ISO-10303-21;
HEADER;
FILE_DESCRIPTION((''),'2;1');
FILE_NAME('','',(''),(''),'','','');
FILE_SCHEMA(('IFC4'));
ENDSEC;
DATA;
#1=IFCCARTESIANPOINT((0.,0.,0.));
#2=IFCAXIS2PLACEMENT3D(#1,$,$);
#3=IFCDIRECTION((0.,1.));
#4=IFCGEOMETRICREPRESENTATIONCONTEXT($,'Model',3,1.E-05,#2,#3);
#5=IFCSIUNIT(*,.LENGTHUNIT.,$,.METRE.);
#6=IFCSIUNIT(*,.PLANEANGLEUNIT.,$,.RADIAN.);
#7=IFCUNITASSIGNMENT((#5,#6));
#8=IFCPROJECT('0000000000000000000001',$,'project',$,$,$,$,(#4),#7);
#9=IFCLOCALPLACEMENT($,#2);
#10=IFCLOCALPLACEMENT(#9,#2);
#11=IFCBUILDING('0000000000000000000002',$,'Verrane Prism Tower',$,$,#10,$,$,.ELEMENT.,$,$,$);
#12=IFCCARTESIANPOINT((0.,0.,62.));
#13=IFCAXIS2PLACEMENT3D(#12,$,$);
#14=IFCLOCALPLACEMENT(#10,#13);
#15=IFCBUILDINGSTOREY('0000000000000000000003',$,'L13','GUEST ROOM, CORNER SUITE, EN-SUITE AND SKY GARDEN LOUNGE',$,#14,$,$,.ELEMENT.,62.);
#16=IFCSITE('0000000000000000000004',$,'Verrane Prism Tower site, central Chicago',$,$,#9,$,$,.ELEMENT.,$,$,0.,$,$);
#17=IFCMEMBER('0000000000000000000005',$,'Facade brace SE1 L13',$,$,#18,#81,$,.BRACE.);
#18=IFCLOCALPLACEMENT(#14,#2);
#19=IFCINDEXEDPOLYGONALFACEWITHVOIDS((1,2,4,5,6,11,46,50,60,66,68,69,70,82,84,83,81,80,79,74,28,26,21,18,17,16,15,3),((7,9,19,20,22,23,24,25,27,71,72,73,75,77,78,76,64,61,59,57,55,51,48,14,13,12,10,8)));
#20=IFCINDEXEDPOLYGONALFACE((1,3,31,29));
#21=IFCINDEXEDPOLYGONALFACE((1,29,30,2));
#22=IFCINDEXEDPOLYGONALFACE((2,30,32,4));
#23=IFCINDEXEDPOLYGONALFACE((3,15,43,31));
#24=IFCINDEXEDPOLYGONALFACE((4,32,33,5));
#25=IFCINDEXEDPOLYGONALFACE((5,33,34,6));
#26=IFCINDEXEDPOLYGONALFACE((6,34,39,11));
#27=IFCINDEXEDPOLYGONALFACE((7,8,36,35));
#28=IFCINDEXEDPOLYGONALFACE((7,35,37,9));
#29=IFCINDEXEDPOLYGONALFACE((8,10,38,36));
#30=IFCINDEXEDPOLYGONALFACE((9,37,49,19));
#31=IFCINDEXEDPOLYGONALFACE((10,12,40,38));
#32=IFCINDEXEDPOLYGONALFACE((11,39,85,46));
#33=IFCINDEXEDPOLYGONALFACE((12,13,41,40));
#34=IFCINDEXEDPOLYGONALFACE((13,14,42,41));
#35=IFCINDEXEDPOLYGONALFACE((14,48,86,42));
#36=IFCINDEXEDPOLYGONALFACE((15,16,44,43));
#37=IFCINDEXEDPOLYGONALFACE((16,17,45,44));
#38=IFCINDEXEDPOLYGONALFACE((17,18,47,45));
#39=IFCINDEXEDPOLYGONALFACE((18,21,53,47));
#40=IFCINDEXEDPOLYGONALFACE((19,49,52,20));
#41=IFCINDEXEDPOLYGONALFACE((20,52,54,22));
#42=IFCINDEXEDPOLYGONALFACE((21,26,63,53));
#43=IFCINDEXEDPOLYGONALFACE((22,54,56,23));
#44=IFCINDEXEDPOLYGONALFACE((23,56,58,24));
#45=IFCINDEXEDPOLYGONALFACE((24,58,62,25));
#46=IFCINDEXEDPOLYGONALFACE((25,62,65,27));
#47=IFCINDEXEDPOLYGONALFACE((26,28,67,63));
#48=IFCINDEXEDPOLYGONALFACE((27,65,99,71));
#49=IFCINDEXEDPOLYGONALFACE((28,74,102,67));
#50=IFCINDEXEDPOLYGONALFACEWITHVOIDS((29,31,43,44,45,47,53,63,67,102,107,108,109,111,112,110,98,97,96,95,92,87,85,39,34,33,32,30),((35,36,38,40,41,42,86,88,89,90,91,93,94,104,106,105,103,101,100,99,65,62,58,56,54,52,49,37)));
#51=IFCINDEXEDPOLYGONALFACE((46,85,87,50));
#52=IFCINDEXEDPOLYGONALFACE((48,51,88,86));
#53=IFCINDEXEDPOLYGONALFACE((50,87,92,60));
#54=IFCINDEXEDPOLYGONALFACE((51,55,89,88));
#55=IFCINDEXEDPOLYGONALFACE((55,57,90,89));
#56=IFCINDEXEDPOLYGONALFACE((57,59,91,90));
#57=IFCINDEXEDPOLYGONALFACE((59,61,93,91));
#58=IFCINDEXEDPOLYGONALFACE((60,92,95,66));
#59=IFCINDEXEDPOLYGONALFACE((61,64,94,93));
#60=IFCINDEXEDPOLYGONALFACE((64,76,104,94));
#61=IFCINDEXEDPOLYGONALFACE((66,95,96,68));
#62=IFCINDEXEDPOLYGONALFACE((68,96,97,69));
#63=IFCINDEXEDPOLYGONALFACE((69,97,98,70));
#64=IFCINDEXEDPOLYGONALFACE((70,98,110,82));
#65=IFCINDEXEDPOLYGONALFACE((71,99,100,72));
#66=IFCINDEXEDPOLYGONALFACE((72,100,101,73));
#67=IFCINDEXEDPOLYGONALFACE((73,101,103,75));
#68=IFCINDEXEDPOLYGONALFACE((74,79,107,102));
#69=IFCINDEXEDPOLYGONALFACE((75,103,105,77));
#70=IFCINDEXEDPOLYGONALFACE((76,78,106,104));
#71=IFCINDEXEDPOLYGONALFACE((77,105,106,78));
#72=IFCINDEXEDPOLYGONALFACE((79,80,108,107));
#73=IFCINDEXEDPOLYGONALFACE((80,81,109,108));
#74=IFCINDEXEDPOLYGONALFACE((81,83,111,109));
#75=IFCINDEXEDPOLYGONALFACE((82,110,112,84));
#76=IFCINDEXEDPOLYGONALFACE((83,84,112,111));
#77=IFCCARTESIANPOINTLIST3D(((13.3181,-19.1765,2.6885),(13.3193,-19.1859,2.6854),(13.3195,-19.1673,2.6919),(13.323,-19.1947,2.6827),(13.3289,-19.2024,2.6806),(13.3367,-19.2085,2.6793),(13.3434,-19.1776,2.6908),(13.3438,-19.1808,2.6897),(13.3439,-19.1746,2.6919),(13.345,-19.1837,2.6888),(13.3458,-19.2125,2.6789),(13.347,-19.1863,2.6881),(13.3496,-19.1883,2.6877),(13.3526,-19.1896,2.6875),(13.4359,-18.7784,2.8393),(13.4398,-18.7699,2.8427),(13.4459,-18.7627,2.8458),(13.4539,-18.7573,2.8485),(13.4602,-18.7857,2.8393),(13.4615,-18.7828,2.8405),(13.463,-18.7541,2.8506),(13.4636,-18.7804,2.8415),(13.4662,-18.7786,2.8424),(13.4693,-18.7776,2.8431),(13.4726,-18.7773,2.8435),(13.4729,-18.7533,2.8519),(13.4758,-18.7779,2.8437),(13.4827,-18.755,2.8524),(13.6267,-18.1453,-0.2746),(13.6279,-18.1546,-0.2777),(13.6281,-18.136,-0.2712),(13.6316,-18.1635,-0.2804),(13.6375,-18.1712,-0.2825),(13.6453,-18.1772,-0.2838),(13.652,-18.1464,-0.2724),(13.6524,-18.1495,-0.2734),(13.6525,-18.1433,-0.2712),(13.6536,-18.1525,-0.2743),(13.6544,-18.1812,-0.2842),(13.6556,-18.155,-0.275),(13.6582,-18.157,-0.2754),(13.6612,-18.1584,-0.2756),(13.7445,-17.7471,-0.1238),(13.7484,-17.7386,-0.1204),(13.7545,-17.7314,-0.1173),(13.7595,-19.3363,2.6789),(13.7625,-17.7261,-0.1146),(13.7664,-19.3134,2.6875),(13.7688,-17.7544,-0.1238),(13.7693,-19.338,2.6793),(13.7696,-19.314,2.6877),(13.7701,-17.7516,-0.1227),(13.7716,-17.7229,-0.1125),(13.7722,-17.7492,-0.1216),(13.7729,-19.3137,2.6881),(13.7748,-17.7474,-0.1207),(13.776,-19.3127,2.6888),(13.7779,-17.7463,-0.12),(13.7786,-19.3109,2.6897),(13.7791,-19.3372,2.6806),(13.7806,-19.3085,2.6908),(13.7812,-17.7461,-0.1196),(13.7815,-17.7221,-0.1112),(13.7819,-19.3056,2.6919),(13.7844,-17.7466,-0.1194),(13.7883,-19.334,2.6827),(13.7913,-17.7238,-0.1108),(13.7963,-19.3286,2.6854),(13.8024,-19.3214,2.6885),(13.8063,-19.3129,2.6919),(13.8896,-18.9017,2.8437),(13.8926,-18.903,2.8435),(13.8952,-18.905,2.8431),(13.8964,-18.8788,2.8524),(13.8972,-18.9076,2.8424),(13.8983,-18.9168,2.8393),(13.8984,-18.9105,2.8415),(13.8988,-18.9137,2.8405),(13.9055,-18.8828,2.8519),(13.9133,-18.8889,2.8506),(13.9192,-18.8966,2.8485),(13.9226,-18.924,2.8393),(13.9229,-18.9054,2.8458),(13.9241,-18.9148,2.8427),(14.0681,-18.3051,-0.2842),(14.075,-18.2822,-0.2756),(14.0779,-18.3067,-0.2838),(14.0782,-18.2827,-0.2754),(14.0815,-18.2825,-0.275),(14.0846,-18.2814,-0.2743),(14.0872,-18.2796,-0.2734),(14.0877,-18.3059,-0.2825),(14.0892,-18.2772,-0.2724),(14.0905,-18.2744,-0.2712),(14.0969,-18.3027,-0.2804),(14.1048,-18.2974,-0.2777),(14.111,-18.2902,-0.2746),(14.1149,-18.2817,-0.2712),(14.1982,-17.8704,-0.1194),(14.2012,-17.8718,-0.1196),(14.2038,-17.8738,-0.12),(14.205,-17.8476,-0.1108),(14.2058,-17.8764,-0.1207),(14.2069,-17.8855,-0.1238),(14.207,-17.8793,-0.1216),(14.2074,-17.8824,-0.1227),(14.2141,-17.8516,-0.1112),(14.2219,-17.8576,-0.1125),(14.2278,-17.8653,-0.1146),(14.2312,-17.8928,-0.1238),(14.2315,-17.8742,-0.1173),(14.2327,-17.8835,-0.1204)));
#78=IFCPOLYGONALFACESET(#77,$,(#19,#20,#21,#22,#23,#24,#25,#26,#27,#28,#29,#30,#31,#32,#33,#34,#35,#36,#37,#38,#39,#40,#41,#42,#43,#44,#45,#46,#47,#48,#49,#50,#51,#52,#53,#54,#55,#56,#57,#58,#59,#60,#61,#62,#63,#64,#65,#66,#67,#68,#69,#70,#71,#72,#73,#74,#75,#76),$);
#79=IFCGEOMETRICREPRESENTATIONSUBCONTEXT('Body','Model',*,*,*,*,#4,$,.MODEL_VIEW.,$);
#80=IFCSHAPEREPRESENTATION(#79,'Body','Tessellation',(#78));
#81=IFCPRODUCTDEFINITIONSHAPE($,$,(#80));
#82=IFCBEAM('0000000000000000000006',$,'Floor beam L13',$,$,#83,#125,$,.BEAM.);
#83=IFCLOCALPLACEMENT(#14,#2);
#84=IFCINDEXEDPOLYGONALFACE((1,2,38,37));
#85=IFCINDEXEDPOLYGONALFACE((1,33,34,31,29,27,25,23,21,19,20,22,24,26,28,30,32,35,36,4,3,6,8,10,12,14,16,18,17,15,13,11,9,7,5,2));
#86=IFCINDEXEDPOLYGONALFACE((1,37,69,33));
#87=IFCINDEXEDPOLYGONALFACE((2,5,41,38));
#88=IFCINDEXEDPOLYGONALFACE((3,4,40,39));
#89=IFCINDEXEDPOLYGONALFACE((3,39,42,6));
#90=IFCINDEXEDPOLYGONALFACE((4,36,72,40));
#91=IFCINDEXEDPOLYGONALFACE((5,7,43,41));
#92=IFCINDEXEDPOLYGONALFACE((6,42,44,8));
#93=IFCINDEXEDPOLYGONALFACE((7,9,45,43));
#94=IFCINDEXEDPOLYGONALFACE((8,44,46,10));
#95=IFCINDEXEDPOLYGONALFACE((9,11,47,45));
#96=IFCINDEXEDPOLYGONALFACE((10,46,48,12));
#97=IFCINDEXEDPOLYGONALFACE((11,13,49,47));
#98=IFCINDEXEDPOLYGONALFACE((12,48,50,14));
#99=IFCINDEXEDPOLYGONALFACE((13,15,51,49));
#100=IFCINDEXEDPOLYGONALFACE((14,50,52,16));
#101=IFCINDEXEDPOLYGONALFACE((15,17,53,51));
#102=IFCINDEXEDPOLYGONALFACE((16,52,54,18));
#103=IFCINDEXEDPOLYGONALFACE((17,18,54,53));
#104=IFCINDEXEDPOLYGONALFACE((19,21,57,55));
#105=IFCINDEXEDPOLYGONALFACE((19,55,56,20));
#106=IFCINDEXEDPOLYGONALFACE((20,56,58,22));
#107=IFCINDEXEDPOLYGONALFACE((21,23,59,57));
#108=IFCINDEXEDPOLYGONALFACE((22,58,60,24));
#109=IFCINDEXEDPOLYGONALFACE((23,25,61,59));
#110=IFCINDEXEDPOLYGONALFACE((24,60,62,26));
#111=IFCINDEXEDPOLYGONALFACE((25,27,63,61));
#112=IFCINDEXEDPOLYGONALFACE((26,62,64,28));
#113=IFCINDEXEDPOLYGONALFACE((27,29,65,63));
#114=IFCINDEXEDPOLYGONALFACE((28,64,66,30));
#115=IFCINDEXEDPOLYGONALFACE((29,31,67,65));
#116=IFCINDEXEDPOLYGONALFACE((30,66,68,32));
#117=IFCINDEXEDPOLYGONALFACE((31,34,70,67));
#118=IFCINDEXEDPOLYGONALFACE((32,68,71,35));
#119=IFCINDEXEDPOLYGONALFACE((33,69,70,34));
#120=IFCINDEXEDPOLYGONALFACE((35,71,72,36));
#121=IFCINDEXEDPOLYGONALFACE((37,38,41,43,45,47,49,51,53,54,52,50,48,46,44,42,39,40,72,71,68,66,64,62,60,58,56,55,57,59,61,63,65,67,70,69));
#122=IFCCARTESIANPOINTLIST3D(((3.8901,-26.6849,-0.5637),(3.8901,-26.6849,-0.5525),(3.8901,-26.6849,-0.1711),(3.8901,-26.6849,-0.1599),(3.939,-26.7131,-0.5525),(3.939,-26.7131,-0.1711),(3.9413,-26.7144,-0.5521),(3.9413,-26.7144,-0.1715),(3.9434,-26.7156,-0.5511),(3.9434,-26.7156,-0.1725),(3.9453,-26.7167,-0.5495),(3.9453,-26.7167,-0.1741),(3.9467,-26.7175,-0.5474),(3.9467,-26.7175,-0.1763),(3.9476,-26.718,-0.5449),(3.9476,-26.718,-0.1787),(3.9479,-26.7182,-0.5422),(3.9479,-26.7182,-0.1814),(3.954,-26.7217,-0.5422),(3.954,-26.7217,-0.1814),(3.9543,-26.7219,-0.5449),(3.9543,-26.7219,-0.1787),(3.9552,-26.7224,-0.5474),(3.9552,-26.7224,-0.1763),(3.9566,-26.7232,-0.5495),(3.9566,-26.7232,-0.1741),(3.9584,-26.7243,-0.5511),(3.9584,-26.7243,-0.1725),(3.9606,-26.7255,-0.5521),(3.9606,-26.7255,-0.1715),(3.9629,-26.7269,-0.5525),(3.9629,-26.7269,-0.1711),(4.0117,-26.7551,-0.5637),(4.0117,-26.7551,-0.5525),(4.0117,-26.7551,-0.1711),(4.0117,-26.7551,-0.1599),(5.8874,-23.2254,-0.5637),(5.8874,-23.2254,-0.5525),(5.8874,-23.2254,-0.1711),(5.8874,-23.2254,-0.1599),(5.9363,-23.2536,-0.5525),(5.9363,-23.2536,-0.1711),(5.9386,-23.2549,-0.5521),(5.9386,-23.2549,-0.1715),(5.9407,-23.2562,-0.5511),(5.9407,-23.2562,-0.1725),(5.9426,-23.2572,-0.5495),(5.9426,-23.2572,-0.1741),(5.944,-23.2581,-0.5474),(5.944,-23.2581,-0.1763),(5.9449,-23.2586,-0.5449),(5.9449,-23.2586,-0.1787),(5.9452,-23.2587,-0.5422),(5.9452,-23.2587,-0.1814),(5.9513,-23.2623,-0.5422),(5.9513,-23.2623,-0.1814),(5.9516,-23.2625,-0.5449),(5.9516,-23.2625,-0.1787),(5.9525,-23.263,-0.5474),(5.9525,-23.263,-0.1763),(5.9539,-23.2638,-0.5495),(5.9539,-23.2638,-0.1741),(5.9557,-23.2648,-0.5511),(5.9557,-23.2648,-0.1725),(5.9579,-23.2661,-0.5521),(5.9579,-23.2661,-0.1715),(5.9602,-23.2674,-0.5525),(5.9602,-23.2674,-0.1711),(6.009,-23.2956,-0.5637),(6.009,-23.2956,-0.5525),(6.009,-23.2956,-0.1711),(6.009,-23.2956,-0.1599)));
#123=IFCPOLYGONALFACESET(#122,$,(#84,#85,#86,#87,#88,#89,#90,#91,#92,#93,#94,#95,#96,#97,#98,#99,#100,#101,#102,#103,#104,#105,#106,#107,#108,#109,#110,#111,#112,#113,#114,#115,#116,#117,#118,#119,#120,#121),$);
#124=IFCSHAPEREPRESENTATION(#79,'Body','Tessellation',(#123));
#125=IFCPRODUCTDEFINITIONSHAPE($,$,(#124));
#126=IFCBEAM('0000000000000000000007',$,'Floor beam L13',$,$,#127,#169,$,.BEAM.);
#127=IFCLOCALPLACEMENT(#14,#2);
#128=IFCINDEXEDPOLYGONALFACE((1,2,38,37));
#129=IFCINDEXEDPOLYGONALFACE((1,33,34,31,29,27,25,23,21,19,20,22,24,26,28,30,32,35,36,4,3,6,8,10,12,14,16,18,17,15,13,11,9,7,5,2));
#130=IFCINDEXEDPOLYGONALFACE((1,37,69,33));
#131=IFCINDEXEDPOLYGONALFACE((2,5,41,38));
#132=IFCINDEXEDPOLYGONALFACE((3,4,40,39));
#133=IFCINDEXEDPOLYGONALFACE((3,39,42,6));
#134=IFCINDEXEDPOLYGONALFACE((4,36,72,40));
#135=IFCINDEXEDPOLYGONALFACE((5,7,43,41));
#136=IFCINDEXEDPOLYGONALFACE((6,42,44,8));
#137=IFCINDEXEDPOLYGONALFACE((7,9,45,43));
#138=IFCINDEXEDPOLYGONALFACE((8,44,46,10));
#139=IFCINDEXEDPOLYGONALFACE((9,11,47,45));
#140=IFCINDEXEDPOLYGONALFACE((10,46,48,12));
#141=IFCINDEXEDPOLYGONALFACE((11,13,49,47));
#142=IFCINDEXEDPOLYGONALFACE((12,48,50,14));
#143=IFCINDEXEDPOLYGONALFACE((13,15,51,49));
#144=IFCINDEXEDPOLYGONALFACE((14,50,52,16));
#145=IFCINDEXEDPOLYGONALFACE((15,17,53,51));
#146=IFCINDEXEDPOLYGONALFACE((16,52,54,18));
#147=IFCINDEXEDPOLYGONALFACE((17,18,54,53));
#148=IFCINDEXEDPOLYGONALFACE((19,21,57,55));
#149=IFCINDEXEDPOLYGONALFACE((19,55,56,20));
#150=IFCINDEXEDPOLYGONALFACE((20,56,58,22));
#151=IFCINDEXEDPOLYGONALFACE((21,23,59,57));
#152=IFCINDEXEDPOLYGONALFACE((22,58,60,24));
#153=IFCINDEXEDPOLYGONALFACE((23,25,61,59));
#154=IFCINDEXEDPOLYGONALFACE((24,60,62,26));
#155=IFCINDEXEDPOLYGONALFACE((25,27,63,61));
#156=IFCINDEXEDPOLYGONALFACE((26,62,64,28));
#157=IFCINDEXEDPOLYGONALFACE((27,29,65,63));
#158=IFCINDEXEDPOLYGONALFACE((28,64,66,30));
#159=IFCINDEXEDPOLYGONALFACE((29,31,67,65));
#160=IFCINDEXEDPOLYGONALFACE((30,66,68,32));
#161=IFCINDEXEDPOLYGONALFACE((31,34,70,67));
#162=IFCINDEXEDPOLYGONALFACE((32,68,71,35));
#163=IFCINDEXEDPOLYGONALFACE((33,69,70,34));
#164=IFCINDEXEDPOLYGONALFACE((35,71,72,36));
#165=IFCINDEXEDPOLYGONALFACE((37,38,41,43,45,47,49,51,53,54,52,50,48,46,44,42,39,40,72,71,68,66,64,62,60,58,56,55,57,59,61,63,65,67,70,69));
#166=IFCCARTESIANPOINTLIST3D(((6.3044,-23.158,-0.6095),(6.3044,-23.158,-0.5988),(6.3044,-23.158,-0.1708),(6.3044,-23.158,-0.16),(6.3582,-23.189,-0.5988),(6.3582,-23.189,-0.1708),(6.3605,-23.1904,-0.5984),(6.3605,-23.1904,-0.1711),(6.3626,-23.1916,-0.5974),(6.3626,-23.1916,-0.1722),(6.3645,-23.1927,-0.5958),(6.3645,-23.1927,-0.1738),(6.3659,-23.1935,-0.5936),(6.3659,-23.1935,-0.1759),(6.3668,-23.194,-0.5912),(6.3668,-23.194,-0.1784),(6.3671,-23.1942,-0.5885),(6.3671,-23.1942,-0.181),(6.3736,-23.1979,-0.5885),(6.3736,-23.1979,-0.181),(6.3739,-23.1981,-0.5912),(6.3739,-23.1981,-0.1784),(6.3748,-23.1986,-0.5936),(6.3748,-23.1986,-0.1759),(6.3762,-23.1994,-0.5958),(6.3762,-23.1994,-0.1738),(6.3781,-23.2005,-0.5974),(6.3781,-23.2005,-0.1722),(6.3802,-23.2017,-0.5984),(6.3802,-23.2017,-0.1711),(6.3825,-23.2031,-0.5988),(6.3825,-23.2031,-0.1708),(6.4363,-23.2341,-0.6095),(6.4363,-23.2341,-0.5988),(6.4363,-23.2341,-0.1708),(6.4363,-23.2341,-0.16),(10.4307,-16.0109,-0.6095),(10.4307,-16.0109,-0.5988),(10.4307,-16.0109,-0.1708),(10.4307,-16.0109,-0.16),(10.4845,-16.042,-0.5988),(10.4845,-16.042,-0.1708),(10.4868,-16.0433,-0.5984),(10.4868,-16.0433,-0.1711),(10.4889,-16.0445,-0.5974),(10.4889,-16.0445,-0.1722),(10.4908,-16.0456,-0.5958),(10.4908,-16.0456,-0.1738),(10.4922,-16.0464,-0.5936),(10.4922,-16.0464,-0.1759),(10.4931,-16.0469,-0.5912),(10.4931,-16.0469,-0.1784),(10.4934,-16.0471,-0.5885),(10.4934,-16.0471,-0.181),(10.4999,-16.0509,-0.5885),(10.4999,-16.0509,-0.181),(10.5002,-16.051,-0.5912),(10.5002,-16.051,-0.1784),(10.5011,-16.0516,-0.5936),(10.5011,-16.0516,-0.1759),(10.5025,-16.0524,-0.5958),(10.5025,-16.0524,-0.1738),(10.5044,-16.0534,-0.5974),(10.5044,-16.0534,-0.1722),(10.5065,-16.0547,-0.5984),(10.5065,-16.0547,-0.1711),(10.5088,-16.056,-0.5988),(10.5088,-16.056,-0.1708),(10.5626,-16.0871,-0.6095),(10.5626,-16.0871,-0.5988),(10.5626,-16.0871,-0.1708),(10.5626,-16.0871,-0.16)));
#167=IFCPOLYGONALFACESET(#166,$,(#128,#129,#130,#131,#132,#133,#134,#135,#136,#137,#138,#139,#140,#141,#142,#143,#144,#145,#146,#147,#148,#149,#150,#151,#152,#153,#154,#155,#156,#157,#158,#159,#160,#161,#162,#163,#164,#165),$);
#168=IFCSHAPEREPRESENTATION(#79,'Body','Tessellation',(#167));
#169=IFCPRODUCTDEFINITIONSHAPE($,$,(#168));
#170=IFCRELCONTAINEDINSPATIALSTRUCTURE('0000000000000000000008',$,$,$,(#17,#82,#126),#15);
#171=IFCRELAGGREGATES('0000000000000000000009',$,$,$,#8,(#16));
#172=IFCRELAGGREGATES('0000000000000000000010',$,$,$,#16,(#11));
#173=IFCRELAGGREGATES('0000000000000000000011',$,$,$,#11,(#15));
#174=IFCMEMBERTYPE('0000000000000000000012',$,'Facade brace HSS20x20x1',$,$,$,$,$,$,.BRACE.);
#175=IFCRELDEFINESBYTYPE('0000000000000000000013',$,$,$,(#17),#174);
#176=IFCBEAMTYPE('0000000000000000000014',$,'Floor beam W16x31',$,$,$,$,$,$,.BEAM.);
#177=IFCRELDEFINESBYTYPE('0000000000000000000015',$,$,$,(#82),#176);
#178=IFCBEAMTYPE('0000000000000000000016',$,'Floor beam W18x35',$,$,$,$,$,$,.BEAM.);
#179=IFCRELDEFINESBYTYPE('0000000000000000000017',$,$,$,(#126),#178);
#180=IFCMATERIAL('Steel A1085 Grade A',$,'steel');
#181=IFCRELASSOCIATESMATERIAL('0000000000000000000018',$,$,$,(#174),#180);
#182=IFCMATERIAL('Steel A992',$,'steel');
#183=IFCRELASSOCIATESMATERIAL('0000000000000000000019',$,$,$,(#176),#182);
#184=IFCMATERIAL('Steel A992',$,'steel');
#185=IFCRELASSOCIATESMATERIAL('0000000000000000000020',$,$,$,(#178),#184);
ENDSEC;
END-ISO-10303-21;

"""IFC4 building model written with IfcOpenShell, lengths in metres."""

from ifc_helpers import new_model, si_unit, direction, frame, origin, origin_2d, place, context, subcontext, project, spatial, hollow_rectangle, i_section, extrude, material, material_profile, profile_set, type_object, element, save


model = new_model("IFC4")

# Units and contexts
model_context = context("Model", 3, precision=1e-05, world=origin(), true_north=direction((0.0, 1.0)))
body_context = subcontext(model_context, "Body", "Model", "MODEL_VIEW")
ifc_project = project(units=[si_unit("LENGTHUNIT", "METRE"), si_unit("PLANEANGLEUNIT", "RADIAN")], contexts=[model_context])

# Site, building, storey
site_placement = place(None, origin())
site = spatial("IfcSite", under=ifc_project, at=site_placement, Name="Verrane Prism Tower site, central Chicago", CompositionType="ELEMENT", RefElevation=0.0)
building_placement = place(site_placement, origin())
building = spatial("IfcBuilding", under=site, at=building_placement, Name="Verrane Prism Tower", CompositionType="ELEMENT")
storey_placement = place(building_placement, frame((0.0, 0.0, 62.0)))
storey = spatial("IfcBuildingStorey", under=building, at=storey_placement, Name="L13", Description="GUEST ROOM, CORNER SUITE, EN-SUITE AND SKY GARDEN LOUNGE", CompositionType="ELEMENT", Elevation=62.0)

# Member
ifc_material_1 = material(Name="Steel A1085 Grade A", Category="steel")
ifc_material_profile_1 = material_profile(ifc_material_1, hollow_rectangle(XDim=0.5081, YDim=0.5081, WallThickness=0.0254, InnerFilletRadius=0.0127, OuterFilletRadius=0.0381, at=origin_2d()), Name="HSS20x20x1")
ifc_profile_set_1 = profile_set([ifc_material_profile_1], Name="Steel A1085 Grade A")
member_type_1 = type_object("IfcMemberType", Name="Facade brace HSS20x20x1", PredefinedType="BRACE", material=ifc_profile_set_1)
member_1_placement = place(storey_placement, frame((13.9297, -18.0144, -0.1975), z_axis=(-0.097886, -0.327111, 0.939903), x_axis=(0.958026, -0.286682, 0.0)))
element("IfcMember", 1, at=member_1_placement, inside=storey, type_object=member_type_1, Name="Facade brace SE1 L13", PredefinedType="BRACE", context=body_context, shape_type="SweptSolid", body=[
    extrude(hollow_rectangle(XDim=0.5081, YDim=0.5081, WallThickness=0.0254, InnerFilletRadius=0.0127, OuterFilletRadius=0.0381, at=origin_2d()), origin(), (0.0, 0.0, 1.0), 3.1526),
])

# Beams
ifc_material_2 = material(Name="Steel A992", Category="steel")
ifc_material_profile_2 = material_profile(ifc_material_2, i_section(OverallWidth=0.1404, OverallDepth=0.4038, WebThickness=0.0071, FlangeThickness=0.0112, FilletRadius=0.0103, at=origin_2d()), Name="W16x31")
ifc_profile_set_2 = profile_set([ifc_material_profile_2], Name="Steel A992")
beam_type_1 = type_object("IfcBeamType", Name="Floor beam W16x31", PredefinedType="BEAM", material=ifc_profile_set_2)
beam_1_placement = place(storey_placement, frame((3.9509, -26.72, -0.3618), z_axis=(0.499998, 0.866027, 0.0), x_axis=(-0.866027, 0.499998, 0.0)))
element("IfcBeam", 2, at=beam_1_placement, inside=storey, type_object=beam_type_1, Name="Floor beam L13", PredefinedType="BEAM", context=body_context, shape_type="SweptSolid", body=[
    extrude(i_section(OverallWidth=0.1404, OverallDepth=0.4038, WebThickness=0.0071, FlangeThickness=0.0112, FilletRadius=0.0103, at=origin_2d()), origin(), (0.0, 0.0, 1.0), 3.9946),
])
ifc_material_3 = material(Name="Steel A992", Category="steel")
ifc_material_profile_3 = material_profile(ifc_material_3, i_section(OverallWidth=0.1523, OverallDepth=0.4495, WebThickness=0.0076, FlangeThickness=0.0107, FilletRadius=0.0103, at=origin_2d()), Name="W18x35")
ifc_profile_set_3 = profile_set([ifc_material_profile_3], Name="Steel A992")
beam_type_2 = type_object("IfcBeamType", Name="Floor beam W18x35", PredefinedType="BEAM", material=ifc_profile_set_3)
beam_2_placement = place(storey_placement, frame((6.3704, -23.196, -0.3848), z_axis=(0.499992, 0.86603, 0.0), x_axis=(-0.86603, 0.499992, 0.0)))
element("IfcBeam", 3, at=beam_2_placement, inside=storey, type_object=beam_type_2, Name="Floor beam L13", PredefinedType="BEAM", context=body_context, shape_type="SweptSolid", body=[
    extrude(i_section(OverallWidth=0.1523, OverallDepth=0.4495, WebThickness=0.0076, FlangeThickness=0.0107, FilletRadius=0.0103, at=origin_2d()), origin(), (0.0, 0.0, 1.0), 8.2527),
])

save(model, "model.ifc")
